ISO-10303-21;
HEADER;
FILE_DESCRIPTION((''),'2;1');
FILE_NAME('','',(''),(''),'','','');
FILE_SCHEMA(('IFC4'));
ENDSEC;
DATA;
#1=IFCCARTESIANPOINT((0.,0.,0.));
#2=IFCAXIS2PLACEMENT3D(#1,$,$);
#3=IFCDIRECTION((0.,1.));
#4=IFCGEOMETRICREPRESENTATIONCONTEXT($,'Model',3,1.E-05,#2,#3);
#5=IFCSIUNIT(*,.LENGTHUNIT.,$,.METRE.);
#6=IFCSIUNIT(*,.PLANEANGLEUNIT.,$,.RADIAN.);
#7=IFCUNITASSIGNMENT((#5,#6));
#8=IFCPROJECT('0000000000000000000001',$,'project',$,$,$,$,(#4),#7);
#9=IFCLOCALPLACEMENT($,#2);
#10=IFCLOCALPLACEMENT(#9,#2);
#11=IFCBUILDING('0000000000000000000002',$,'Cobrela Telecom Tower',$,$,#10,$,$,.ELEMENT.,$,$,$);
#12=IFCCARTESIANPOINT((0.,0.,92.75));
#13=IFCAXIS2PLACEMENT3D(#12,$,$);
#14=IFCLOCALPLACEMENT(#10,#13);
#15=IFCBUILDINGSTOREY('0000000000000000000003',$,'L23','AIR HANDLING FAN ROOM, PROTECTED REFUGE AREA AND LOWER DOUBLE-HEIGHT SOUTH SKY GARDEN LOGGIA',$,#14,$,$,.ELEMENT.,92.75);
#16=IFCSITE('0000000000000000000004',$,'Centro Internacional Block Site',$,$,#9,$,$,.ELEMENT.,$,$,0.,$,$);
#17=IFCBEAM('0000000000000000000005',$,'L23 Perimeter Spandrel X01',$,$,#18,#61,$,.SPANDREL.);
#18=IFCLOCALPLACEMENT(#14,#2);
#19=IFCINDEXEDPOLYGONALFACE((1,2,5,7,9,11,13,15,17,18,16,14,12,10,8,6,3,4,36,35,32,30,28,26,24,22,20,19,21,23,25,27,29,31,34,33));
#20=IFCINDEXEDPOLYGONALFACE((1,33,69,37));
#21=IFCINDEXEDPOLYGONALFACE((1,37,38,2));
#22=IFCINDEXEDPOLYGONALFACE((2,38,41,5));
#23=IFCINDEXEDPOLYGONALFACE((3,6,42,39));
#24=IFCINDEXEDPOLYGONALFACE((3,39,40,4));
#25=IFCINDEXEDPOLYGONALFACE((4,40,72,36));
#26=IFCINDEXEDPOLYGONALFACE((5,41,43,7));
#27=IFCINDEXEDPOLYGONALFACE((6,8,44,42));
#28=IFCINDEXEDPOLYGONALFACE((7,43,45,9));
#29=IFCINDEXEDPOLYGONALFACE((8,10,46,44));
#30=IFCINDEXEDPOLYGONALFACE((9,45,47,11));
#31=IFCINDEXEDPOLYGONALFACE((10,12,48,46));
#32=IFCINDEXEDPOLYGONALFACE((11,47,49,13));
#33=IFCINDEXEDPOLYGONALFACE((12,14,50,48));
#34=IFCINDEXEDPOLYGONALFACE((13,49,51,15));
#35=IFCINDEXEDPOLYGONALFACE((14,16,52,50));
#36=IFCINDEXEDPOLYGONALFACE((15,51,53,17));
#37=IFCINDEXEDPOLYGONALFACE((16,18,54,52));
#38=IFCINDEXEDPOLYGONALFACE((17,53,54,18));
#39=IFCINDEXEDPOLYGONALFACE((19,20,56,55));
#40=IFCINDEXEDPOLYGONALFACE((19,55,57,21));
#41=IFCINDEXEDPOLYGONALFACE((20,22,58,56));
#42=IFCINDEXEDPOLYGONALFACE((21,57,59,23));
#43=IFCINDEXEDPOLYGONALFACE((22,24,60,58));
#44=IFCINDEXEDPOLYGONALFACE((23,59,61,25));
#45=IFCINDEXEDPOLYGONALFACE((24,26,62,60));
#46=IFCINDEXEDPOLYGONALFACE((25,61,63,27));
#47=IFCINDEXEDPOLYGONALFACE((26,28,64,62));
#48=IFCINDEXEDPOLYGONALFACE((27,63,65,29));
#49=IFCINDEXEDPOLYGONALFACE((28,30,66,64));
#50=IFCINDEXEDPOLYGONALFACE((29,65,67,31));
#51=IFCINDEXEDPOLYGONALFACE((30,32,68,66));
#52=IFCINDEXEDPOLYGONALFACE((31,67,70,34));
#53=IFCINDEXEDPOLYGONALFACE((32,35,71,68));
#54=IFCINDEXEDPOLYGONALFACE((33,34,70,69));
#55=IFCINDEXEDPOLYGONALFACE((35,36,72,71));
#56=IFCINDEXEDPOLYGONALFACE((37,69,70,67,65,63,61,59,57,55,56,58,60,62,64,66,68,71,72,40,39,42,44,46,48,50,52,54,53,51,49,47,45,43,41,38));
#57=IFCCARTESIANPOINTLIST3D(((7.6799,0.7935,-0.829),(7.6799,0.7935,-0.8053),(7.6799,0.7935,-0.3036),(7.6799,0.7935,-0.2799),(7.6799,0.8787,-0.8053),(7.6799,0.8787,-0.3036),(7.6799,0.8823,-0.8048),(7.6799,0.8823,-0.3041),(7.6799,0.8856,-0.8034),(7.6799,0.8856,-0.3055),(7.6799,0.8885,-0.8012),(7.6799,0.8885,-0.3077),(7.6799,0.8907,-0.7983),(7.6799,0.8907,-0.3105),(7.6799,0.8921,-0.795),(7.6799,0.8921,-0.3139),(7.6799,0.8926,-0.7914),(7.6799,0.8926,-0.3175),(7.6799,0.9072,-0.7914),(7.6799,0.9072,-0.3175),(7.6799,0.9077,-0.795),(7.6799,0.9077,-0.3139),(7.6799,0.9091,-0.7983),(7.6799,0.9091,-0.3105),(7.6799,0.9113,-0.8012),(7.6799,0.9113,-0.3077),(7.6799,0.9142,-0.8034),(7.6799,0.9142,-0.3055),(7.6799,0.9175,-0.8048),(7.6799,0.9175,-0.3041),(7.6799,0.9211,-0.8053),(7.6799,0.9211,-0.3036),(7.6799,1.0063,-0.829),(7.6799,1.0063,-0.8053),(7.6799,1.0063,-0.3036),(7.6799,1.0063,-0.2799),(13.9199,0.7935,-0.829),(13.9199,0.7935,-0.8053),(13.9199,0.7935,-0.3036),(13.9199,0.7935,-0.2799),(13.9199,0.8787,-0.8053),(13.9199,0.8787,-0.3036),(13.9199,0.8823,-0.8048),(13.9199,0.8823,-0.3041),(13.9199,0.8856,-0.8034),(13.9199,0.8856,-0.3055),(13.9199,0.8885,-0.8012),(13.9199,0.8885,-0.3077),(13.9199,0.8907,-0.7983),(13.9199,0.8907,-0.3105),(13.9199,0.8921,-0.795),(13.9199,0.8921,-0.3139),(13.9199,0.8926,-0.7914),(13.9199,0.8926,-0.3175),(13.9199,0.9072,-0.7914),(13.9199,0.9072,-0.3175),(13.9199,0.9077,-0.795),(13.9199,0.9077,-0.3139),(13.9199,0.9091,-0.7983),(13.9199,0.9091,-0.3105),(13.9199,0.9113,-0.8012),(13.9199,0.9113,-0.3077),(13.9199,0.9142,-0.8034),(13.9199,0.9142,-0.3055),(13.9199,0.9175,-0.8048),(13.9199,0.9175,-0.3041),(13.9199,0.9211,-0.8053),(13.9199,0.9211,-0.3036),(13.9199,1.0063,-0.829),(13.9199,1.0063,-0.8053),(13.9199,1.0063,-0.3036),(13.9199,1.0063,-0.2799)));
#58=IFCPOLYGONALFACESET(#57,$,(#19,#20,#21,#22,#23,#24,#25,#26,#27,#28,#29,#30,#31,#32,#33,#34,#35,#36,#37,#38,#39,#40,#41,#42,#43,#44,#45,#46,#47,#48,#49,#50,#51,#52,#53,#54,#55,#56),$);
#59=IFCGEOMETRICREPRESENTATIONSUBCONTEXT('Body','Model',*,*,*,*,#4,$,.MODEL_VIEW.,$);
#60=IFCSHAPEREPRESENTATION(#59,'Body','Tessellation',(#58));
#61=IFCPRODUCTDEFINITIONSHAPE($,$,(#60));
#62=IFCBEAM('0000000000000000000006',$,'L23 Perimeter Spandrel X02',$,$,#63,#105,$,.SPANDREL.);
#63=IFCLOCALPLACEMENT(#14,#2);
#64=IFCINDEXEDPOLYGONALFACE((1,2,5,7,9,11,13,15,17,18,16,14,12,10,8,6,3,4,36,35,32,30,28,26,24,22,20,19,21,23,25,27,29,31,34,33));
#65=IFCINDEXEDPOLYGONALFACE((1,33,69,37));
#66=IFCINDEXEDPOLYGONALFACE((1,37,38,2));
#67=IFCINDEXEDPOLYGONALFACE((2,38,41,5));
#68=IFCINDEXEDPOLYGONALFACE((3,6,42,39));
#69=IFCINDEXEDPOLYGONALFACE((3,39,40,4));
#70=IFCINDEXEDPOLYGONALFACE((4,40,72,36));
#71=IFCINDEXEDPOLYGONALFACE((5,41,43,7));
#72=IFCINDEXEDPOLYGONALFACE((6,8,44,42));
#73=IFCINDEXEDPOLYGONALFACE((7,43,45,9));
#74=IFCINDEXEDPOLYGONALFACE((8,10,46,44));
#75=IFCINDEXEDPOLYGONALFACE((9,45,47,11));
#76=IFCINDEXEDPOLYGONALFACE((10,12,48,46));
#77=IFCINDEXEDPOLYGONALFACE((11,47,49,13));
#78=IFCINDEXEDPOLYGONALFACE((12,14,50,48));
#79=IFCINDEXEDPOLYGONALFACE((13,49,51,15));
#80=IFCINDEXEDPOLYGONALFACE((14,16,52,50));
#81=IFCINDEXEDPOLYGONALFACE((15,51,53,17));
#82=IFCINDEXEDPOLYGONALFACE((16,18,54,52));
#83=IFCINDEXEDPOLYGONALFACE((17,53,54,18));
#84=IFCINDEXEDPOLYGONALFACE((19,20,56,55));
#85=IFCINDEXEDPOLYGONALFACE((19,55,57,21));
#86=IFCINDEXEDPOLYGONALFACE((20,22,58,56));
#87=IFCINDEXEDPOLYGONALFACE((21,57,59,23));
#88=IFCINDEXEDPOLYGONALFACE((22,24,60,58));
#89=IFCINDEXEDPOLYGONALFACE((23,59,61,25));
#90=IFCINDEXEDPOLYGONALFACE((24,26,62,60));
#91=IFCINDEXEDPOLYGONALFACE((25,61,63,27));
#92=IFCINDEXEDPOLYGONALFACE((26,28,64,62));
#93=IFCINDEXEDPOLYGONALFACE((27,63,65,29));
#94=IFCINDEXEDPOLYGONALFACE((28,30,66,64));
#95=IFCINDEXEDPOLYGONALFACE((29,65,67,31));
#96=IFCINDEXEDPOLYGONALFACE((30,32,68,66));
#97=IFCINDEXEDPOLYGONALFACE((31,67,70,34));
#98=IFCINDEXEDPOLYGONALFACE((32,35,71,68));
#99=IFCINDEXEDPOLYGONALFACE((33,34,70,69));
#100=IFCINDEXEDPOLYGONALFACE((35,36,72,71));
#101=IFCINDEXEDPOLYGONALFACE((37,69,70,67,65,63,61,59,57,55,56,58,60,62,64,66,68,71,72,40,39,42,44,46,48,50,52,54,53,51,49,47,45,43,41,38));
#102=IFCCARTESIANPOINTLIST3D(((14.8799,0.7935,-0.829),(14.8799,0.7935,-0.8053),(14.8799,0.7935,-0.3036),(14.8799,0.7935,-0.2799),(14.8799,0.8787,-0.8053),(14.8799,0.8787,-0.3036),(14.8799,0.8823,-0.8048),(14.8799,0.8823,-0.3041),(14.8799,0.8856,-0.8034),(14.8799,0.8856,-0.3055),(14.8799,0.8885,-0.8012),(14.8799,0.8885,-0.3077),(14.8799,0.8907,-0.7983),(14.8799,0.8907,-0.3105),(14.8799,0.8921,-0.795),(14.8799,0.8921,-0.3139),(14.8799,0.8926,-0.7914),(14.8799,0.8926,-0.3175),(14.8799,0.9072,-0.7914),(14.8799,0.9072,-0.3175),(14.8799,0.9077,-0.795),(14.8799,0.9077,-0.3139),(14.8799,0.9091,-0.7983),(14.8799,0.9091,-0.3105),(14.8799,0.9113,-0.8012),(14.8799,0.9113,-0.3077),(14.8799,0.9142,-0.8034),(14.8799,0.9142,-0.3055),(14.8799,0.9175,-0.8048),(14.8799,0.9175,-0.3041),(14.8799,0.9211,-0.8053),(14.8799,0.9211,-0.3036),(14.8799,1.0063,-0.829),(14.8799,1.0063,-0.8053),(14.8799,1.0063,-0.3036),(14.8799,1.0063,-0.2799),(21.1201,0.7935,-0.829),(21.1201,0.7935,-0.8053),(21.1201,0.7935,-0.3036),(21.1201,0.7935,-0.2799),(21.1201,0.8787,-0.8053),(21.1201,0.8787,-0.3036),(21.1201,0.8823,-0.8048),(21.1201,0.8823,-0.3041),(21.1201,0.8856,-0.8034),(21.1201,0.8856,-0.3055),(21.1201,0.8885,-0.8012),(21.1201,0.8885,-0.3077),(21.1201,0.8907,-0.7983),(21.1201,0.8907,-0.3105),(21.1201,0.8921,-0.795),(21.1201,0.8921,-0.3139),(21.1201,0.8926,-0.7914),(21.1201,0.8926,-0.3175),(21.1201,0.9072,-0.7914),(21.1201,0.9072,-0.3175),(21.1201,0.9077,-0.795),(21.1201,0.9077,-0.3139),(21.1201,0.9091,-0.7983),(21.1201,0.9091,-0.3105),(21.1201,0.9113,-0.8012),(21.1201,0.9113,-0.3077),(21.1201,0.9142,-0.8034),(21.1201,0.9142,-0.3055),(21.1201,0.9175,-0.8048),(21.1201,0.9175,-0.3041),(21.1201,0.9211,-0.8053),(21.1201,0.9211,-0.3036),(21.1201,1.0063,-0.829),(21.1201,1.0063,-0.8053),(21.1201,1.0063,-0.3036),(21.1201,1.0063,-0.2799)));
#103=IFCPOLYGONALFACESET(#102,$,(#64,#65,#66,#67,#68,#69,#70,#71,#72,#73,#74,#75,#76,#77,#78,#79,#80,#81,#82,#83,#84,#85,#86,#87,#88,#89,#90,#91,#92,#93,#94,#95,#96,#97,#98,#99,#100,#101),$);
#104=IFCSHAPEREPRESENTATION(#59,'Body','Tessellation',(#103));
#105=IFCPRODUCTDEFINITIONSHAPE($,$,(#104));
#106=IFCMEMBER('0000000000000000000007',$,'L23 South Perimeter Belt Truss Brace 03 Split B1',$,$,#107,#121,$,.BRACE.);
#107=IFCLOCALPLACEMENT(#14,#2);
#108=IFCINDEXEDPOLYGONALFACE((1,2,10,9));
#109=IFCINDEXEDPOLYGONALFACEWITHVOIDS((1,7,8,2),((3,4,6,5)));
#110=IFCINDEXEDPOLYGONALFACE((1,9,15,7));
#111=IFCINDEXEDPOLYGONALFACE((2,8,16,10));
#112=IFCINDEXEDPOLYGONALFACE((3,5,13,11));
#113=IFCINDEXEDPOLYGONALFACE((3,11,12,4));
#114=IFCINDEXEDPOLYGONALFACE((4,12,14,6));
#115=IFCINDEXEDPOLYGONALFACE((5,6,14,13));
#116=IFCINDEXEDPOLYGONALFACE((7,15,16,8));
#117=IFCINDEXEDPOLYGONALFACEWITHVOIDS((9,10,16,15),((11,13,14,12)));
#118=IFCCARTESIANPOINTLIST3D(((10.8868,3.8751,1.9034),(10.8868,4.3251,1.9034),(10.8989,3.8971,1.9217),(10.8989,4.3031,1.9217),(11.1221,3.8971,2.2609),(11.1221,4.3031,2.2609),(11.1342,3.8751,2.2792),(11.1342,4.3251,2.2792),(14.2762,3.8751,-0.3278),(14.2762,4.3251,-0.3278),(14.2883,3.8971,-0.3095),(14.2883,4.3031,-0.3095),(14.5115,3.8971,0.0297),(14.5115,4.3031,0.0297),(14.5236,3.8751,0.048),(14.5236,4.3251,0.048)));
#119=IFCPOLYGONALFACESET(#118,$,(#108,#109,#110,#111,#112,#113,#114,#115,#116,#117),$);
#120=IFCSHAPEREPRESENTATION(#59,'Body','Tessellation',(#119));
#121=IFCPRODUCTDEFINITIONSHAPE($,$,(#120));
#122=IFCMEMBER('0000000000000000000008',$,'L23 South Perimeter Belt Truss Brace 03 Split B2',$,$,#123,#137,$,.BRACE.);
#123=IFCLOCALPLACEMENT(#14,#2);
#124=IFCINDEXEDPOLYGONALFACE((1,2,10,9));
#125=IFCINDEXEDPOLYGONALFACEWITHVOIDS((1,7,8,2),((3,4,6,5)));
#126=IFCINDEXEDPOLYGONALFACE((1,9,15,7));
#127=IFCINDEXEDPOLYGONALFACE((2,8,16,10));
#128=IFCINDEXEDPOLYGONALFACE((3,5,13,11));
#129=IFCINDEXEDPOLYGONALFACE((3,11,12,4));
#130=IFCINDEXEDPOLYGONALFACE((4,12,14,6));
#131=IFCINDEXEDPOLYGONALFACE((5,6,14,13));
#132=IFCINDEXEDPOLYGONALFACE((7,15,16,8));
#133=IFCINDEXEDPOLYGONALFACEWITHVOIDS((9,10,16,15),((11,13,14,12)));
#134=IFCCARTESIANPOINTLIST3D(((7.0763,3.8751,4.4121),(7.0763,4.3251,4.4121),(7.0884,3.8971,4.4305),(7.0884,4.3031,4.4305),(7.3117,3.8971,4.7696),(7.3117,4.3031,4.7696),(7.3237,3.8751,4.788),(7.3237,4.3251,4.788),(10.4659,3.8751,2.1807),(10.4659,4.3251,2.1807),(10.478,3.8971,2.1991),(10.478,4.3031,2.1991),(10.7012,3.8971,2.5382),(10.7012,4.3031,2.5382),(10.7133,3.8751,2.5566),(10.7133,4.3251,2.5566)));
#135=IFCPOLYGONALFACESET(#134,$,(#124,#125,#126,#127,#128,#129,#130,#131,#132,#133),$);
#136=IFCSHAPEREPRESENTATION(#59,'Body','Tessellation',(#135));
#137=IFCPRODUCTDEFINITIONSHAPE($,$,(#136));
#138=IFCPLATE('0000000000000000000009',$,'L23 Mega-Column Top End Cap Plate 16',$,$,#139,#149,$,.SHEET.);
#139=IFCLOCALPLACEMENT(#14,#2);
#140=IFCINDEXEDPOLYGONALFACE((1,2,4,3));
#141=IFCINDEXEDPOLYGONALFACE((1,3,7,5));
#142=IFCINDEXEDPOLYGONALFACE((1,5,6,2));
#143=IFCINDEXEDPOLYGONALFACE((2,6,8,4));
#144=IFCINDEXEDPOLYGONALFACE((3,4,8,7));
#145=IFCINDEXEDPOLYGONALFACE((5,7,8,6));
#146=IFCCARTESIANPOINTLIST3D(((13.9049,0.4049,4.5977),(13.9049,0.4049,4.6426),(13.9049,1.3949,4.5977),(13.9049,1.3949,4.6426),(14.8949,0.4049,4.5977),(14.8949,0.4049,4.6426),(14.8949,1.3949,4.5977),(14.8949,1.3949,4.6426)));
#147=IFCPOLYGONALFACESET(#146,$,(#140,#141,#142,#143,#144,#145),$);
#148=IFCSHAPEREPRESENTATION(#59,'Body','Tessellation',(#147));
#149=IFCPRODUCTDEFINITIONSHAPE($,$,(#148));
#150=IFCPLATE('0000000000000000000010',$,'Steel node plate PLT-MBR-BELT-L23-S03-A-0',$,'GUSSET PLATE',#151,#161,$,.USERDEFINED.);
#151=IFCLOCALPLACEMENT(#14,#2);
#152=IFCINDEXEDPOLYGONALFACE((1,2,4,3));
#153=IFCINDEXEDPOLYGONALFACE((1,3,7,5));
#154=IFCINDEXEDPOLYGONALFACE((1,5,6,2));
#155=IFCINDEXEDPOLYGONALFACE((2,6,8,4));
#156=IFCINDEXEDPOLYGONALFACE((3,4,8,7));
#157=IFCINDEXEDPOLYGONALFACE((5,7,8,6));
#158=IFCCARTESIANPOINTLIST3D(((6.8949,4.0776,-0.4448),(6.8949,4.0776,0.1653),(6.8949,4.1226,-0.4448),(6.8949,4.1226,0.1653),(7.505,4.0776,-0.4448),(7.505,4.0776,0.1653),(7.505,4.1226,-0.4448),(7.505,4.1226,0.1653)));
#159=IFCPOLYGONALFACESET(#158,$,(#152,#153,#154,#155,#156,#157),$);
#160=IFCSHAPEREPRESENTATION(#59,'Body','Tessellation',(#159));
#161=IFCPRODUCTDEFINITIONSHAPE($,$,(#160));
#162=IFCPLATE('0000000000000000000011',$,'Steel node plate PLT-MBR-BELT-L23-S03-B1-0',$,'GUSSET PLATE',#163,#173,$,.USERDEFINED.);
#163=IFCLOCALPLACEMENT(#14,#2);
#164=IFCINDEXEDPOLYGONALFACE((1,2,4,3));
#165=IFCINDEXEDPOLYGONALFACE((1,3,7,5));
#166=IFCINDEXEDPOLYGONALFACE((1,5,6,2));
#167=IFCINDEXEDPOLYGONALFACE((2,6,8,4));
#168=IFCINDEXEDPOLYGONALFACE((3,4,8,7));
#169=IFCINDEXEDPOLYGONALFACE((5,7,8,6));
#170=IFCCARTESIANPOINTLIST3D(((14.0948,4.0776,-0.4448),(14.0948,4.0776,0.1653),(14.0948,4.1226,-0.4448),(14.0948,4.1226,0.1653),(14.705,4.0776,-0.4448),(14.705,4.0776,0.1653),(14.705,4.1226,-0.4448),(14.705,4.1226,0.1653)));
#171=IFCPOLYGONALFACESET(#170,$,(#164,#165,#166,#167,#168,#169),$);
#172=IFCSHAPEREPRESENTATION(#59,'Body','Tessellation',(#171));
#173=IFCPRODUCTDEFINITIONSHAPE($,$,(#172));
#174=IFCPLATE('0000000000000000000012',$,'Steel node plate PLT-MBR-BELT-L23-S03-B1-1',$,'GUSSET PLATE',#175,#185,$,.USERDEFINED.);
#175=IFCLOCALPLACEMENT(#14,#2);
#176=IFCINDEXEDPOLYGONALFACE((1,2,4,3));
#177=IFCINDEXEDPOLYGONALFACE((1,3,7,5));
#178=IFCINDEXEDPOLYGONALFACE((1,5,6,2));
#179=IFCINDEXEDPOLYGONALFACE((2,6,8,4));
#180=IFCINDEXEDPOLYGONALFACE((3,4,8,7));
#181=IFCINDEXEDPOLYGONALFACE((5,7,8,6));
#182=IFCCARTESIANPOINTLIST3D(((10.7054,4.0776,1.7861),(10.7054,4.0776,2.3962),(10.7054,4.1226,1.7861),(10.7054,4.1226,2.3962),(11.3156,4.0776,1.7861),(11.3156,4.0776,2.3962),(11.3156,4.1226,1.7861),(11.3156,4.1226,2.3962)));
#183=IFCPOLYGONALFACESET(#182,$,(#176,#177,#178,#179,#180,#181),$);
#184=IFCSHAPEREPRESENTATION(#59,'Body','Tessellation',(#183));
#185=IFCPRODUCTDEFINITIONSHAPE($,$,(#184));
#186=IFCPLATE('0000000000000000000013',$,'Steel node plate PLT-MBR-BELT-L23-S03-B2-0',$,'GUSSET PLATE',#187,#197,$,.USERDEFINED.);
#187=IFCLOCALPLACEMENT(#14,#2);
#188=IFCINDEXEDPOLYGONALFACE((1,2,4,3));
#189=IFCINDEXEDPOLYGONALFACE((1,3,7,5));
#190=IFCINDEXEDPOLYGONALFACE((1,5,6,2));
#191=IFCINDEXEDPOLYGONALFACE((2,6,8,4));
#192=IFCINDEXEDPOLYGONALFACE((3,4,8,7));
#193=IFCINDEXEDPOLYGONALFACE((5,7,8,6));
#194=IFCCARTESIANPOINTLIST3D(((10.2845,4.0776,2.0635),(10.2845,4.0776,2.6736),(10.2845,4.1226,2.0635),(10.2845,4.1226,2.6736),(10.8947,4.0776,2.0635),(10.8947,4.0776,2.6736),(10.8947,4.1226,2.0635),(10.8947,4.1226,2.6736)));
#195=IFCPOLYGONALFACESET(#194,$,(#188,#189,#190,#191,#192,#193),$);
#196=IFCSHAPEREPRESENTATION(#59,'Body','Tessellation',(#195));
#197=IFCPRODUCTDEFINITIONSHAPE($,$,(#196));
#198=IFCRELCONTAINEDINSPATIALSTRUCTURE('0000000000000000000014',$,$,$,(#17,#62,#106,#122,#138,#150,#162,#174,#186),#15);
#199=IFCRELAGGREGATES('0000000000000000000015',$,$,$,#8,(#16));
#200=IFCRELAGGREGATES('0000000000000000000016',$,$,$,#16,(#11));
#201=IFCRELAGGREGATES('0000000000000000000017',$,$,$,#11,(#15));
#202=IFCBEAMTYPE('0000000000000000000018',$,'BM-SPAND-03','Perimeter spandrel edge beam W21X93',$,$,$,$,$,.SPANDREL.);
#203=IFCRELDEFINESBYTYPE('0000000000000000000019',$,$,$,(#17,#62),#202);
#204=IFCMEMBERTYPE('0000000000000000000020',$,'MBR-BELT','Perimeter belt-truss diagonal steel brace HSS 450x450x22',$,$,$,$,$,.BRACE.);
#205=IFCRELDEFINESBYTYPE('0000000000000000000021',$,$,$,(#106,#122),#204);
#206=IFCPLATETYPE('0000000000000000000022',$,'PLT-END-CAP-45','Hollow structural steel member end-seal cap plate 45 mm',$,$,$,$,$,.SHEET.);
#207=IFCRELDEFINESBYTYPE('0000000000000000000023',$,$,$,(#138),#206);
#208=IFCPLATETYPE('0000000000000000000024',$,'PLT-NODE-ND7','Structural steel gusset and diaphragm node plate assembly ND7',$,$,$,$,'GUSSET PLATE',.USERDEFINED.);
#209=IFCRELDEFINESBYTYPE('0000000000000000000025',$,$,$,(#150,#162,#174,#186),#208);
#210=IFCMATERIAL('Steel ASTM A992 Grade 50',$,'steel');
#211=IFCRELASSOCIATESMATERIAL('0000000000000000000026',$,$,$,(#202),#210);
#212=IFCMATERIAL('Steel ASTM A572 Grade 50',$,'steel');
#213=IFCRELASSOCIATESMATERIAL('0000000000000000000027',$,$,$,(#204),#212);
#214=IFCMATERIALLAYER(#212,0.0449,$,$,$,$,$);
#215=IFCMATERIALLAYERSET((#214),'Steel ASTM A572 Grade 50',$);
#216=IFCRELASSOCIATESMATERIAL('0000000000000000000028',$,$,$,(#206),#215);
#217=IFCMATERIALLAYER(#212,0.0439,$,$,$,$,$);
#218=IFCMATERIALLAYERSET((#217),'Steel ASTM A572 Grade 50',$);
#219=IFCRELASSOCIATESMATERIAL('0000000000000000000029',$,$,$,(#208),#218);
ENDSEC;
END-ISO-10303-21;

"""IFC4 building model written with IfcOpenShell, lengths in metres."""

from ifc_helpers import new_model, si_unit, direction, frame, origin, origin_2d, place, context, subcontext, project, spatial, rectangle, hollow_rectangle, i_section, extrude, material, layer, layer_set, material_profile, profile_set, type_object, element, save


model = new_model("IFC4")

# Units and contexts
model_context = context("Model", 3, precision=1e-05, world=origin(), true_north=direction((0.0, 1.0)))
body_context = subcontext(model_context, "Body", "Model", "MODEL_VIEW")
ifc_project = project(units=[si_unit("LENGTHUNIT", "METRE"), si_unit("PLANEANGLEUNIT", "RADIAN")], contexts=[model_context])

# Site, building, storey
site_placement = place(None, origin())
site = spatial("IfcSite", under=ifc_project, at=site_placement, Name="Centro Internacional Block Site", CompositionType="ELEMENT", RefElevation=0.0)
building_placement = place(site_placement, origin())
building = spatial("IfcBuilding", under=site, at=building_placement, Name="Cobrela Telecom Tower", CompositionType="ELEMENT")
storey_placement = place(building_placement, frame((0.0, 0.0, 92.75)))
storey = spatial("IfcBuildingStorey", under=building, at=storey_placement, Name="L23", Description="AIR HANDLING FAN ROOM, PROTECTED REFUGE AREA AND LOWER DOUBLE-HEIGHT SOUTH SKY GARDEN LOGGIA", CompositionType="ELEMENT", Elevation=92.75)

# Shared definitions
ifc_material_1 = material(Name="Steel ASTM A572 Grade 50", Category="steel")

# Beams
ifc_material_2 = material(Name="Steel ASTM A992 Grade 50", Category="steel")
ifc_material_profile_1 = material_profile(ifc_material_2, i_section(OverallWidth=0.2129, OverallDepth=0.5491, WebThickness=0.0146, FlangeThickness=0.0237, FilletRadius=0.0139, at=origin_2d()), Name="W21X93")
ifc_profile_set_1 = profile_set([ifc_material_profile_1], Name="Steel ASTM A992 Grade 50")
beam_type_1 = type_object("IfcBeamType", Name="BM-SPAND-03", Description="Perimeter spandrel edge beam W21X93", PredefinedType="SPANDREL", material=ifc_profile_set_1)
beam_1_placement = place(storey_placement, frame((7.6799, 0.8999, -0.5544), z_axis=(1.0, 0.0, 0.0), x_axis=(0.0, 1.0, 0.0)))
element("IfcBeam", 1, at=beam_1_placement, inside=storey, type_object=beam_type_1, Name="L23 Perimeter Spandrel X01", PredefinedType="SPANDREL", context=body_context, shape_type="SweptSolid", body=[
    extrude(i_section(OverallWidth=0.2129, OverallDepth=0.5491, WebThickness=0.0146, FlangeThickness=0.0237, FilletRadius=0.0139, at=origin_2d()), origin(), (0.0, 0.0, 1.0), 6.24),
])
beam_2_placement = place(storey_placement, frame((14.8799, 0.8999, -0.5544), z_axis=(1.0, 0.0, 0.0), x_axis=(0.0, 1.0, 0.0)))
element("IfcBeam", 2, at=beam_2_placement, inside=storey, type_object=beam_type_1, Name="L23 Perimeter Spandrel X02", PredefinedType="SPANDREL", context=body_context, shape_type="SweptSolid", body=[
    extrude(i_section(OverallWidth=0.2129, OverallDepth=0.5491, WebThickness=0.0146, FlangeThickness=0.0237, FilletRadius=0.0139, at=origin_2d()), origin(), (0.0, 0.0, 1.0), 6.2402),
])

# Members
ifc_material_profile_2 = material_profile(ifc_material_1, hollow_rectangle(XDim=0.45, YDim=0.45, WallThickness=0.022, at=origin_2d()), Name="HSS 450x450x22")
ifc_profile_set_2 = profile_set([ifc_material_profile_2], Name="Steel ASTM A572 Grade 50")
member_type = type_object("IfcMemberType", Name="MBR-BELT", Description="Perimeter belt-truss diagonal steel brace HSS 450x450x22", PredefinedType="BRACE", material=ifc_profile_set_2)
member_1_placement = place(storey_placement, frame((14.3999, 4.1001, -0.1399), z_axis=(-0.835267, 0.0, 0.549845), x_axis=(0.0, -1.0, 0.0)))
element("IfcMember", 3, at=member_1_placement, inside=storey, type_object=member_type, Name="L23 South Perimeter Belt Truss Brace 03 Split B1", PredefinedType="BRACE", context=body_context, shape_type="SweptSolid", body=[
    extrude(hollow_rectangle(XDim=0.45, YDim=0.45, WallThickness=0.022, at=origin_2d()), origin(), (0.0, 0.0, 1.0), 4.0579),
])
member_2_placement = place(storey_placement, frame((10.5896, 4.1001, 2.3687), z_axis=(-0.835257, 0.0, 0.54986), x_axis=(0.0, -1.0, 0.0)))
element("IfcMember", 4, at=member_2_placement, inside=storey, type_object=member_type, Name="L23 South Perimeter Belt Truss Brace 03 Split B2", PredefinedType="BRACE", context=body_context, shape_type="SweptSolid", body=[
    extrude(hollow_rectangle(XDim=0.45, YDim=0.45, WallThickness=0.022, at=origin_2d()), origin(), (0.0, 0.0, 1.0), 4.0581),
])

# Plates
ifc_layer_1 = layer(ifc_material_1, 0.0449)
ifc_layer_set_1 = layer_set([ifc_layer_1], Name="Steel ASTM A572 Grade 50")
plate_type_1 = type_object("IfcPlateType", Name="PLT-END-CAP-45", Description="Hollow structural steel member end-seal cap plate 45 mm", PredefinedType="SHEET", material=ifc_layer_set_1)
plate_1_placement = place(storey_placement, frame((14.3999, 0.8999, 4.5977), z_axis=(0.0, 0.0, 1.0), x_axis=(1.0, 0.0, 0.0)))
element("IfcPlate", 5, at=plate_1_placement, inside=storey, type_object=plate_type_1, Name="L23 Mega-Column Top End Cap Plate 16", PredefinedType="SHEET", context=body_context, shape_type="SweptSolid", body=[
    extrude(rectangle(XDim=0.99, YDim=0.99, at=origin_2d()), origin(), (0.0, 0.0, 1.0), 0.0449),
])
ifc_layer_2 = layer(ifc_material_1, 0.0439)
ifc_layer_set_2 = layer_set([ifc_layer_2], Name="Steel ASTM A572 Grade 50")
plate_type_2 = type_object("IfcPlateType", Name="PLT-NODE-ND7", Description="Structural steel gusset and diaphragm node plate assembly ND7", ElementType="GUSSET PLATE", PredefinedType="USERDEFINED", material=ifc_layer_set_2)
for number, where, z_axis, x_axis, name in (
    (6, (7.2, 4.1001, -0.4448), (0.0, 0.0, 1.0), (1.0, 0.0, 0.0), "Steel node plate PLT-MBR-BELT-L23-S03-A-0"),
    (7, (14.3999, 4.1001, -0.4448), (0.0, 0.0, 1.0), (-1.0, 0.0, 0.0), "Steel node plate PLT-MBR-BELT-L23-S03-B1-0"),
    (8, (11.0105, 4.1001, 1.7861), (0.0, 0.0, 1.0), (-1.0, 0.0, 0.0), "Steel node plate PLT-MBR-BELT-L23-S03-B1-1"),
    (9, (10.5896, 4.1001, 2.0635), (0.0, 0.0, 1.0), (-1.0, 0.0, 0.0), "Steel node plate PLT-MBR-BELT-L23-S03-B2-0"),
):
    element("IfcPlate", number, at=place(storey_placement, frame(where, z_axis=z_axis, x_axis=x_axis)), inside=storey, type_object=plate_type_2, Name=name, ObjectType="GUSSET PLATE", PredefinedType="USERDEFINED", context=body_context, shape_type="SweptSolid", body=[
        extrude(rectangle(XDim=0.6101, YDim=0.0449, at=origin_2d()), origin(), (0.0, 0.0, 1.0), 0.6101),
    ])

save(model, "model.ifc")
